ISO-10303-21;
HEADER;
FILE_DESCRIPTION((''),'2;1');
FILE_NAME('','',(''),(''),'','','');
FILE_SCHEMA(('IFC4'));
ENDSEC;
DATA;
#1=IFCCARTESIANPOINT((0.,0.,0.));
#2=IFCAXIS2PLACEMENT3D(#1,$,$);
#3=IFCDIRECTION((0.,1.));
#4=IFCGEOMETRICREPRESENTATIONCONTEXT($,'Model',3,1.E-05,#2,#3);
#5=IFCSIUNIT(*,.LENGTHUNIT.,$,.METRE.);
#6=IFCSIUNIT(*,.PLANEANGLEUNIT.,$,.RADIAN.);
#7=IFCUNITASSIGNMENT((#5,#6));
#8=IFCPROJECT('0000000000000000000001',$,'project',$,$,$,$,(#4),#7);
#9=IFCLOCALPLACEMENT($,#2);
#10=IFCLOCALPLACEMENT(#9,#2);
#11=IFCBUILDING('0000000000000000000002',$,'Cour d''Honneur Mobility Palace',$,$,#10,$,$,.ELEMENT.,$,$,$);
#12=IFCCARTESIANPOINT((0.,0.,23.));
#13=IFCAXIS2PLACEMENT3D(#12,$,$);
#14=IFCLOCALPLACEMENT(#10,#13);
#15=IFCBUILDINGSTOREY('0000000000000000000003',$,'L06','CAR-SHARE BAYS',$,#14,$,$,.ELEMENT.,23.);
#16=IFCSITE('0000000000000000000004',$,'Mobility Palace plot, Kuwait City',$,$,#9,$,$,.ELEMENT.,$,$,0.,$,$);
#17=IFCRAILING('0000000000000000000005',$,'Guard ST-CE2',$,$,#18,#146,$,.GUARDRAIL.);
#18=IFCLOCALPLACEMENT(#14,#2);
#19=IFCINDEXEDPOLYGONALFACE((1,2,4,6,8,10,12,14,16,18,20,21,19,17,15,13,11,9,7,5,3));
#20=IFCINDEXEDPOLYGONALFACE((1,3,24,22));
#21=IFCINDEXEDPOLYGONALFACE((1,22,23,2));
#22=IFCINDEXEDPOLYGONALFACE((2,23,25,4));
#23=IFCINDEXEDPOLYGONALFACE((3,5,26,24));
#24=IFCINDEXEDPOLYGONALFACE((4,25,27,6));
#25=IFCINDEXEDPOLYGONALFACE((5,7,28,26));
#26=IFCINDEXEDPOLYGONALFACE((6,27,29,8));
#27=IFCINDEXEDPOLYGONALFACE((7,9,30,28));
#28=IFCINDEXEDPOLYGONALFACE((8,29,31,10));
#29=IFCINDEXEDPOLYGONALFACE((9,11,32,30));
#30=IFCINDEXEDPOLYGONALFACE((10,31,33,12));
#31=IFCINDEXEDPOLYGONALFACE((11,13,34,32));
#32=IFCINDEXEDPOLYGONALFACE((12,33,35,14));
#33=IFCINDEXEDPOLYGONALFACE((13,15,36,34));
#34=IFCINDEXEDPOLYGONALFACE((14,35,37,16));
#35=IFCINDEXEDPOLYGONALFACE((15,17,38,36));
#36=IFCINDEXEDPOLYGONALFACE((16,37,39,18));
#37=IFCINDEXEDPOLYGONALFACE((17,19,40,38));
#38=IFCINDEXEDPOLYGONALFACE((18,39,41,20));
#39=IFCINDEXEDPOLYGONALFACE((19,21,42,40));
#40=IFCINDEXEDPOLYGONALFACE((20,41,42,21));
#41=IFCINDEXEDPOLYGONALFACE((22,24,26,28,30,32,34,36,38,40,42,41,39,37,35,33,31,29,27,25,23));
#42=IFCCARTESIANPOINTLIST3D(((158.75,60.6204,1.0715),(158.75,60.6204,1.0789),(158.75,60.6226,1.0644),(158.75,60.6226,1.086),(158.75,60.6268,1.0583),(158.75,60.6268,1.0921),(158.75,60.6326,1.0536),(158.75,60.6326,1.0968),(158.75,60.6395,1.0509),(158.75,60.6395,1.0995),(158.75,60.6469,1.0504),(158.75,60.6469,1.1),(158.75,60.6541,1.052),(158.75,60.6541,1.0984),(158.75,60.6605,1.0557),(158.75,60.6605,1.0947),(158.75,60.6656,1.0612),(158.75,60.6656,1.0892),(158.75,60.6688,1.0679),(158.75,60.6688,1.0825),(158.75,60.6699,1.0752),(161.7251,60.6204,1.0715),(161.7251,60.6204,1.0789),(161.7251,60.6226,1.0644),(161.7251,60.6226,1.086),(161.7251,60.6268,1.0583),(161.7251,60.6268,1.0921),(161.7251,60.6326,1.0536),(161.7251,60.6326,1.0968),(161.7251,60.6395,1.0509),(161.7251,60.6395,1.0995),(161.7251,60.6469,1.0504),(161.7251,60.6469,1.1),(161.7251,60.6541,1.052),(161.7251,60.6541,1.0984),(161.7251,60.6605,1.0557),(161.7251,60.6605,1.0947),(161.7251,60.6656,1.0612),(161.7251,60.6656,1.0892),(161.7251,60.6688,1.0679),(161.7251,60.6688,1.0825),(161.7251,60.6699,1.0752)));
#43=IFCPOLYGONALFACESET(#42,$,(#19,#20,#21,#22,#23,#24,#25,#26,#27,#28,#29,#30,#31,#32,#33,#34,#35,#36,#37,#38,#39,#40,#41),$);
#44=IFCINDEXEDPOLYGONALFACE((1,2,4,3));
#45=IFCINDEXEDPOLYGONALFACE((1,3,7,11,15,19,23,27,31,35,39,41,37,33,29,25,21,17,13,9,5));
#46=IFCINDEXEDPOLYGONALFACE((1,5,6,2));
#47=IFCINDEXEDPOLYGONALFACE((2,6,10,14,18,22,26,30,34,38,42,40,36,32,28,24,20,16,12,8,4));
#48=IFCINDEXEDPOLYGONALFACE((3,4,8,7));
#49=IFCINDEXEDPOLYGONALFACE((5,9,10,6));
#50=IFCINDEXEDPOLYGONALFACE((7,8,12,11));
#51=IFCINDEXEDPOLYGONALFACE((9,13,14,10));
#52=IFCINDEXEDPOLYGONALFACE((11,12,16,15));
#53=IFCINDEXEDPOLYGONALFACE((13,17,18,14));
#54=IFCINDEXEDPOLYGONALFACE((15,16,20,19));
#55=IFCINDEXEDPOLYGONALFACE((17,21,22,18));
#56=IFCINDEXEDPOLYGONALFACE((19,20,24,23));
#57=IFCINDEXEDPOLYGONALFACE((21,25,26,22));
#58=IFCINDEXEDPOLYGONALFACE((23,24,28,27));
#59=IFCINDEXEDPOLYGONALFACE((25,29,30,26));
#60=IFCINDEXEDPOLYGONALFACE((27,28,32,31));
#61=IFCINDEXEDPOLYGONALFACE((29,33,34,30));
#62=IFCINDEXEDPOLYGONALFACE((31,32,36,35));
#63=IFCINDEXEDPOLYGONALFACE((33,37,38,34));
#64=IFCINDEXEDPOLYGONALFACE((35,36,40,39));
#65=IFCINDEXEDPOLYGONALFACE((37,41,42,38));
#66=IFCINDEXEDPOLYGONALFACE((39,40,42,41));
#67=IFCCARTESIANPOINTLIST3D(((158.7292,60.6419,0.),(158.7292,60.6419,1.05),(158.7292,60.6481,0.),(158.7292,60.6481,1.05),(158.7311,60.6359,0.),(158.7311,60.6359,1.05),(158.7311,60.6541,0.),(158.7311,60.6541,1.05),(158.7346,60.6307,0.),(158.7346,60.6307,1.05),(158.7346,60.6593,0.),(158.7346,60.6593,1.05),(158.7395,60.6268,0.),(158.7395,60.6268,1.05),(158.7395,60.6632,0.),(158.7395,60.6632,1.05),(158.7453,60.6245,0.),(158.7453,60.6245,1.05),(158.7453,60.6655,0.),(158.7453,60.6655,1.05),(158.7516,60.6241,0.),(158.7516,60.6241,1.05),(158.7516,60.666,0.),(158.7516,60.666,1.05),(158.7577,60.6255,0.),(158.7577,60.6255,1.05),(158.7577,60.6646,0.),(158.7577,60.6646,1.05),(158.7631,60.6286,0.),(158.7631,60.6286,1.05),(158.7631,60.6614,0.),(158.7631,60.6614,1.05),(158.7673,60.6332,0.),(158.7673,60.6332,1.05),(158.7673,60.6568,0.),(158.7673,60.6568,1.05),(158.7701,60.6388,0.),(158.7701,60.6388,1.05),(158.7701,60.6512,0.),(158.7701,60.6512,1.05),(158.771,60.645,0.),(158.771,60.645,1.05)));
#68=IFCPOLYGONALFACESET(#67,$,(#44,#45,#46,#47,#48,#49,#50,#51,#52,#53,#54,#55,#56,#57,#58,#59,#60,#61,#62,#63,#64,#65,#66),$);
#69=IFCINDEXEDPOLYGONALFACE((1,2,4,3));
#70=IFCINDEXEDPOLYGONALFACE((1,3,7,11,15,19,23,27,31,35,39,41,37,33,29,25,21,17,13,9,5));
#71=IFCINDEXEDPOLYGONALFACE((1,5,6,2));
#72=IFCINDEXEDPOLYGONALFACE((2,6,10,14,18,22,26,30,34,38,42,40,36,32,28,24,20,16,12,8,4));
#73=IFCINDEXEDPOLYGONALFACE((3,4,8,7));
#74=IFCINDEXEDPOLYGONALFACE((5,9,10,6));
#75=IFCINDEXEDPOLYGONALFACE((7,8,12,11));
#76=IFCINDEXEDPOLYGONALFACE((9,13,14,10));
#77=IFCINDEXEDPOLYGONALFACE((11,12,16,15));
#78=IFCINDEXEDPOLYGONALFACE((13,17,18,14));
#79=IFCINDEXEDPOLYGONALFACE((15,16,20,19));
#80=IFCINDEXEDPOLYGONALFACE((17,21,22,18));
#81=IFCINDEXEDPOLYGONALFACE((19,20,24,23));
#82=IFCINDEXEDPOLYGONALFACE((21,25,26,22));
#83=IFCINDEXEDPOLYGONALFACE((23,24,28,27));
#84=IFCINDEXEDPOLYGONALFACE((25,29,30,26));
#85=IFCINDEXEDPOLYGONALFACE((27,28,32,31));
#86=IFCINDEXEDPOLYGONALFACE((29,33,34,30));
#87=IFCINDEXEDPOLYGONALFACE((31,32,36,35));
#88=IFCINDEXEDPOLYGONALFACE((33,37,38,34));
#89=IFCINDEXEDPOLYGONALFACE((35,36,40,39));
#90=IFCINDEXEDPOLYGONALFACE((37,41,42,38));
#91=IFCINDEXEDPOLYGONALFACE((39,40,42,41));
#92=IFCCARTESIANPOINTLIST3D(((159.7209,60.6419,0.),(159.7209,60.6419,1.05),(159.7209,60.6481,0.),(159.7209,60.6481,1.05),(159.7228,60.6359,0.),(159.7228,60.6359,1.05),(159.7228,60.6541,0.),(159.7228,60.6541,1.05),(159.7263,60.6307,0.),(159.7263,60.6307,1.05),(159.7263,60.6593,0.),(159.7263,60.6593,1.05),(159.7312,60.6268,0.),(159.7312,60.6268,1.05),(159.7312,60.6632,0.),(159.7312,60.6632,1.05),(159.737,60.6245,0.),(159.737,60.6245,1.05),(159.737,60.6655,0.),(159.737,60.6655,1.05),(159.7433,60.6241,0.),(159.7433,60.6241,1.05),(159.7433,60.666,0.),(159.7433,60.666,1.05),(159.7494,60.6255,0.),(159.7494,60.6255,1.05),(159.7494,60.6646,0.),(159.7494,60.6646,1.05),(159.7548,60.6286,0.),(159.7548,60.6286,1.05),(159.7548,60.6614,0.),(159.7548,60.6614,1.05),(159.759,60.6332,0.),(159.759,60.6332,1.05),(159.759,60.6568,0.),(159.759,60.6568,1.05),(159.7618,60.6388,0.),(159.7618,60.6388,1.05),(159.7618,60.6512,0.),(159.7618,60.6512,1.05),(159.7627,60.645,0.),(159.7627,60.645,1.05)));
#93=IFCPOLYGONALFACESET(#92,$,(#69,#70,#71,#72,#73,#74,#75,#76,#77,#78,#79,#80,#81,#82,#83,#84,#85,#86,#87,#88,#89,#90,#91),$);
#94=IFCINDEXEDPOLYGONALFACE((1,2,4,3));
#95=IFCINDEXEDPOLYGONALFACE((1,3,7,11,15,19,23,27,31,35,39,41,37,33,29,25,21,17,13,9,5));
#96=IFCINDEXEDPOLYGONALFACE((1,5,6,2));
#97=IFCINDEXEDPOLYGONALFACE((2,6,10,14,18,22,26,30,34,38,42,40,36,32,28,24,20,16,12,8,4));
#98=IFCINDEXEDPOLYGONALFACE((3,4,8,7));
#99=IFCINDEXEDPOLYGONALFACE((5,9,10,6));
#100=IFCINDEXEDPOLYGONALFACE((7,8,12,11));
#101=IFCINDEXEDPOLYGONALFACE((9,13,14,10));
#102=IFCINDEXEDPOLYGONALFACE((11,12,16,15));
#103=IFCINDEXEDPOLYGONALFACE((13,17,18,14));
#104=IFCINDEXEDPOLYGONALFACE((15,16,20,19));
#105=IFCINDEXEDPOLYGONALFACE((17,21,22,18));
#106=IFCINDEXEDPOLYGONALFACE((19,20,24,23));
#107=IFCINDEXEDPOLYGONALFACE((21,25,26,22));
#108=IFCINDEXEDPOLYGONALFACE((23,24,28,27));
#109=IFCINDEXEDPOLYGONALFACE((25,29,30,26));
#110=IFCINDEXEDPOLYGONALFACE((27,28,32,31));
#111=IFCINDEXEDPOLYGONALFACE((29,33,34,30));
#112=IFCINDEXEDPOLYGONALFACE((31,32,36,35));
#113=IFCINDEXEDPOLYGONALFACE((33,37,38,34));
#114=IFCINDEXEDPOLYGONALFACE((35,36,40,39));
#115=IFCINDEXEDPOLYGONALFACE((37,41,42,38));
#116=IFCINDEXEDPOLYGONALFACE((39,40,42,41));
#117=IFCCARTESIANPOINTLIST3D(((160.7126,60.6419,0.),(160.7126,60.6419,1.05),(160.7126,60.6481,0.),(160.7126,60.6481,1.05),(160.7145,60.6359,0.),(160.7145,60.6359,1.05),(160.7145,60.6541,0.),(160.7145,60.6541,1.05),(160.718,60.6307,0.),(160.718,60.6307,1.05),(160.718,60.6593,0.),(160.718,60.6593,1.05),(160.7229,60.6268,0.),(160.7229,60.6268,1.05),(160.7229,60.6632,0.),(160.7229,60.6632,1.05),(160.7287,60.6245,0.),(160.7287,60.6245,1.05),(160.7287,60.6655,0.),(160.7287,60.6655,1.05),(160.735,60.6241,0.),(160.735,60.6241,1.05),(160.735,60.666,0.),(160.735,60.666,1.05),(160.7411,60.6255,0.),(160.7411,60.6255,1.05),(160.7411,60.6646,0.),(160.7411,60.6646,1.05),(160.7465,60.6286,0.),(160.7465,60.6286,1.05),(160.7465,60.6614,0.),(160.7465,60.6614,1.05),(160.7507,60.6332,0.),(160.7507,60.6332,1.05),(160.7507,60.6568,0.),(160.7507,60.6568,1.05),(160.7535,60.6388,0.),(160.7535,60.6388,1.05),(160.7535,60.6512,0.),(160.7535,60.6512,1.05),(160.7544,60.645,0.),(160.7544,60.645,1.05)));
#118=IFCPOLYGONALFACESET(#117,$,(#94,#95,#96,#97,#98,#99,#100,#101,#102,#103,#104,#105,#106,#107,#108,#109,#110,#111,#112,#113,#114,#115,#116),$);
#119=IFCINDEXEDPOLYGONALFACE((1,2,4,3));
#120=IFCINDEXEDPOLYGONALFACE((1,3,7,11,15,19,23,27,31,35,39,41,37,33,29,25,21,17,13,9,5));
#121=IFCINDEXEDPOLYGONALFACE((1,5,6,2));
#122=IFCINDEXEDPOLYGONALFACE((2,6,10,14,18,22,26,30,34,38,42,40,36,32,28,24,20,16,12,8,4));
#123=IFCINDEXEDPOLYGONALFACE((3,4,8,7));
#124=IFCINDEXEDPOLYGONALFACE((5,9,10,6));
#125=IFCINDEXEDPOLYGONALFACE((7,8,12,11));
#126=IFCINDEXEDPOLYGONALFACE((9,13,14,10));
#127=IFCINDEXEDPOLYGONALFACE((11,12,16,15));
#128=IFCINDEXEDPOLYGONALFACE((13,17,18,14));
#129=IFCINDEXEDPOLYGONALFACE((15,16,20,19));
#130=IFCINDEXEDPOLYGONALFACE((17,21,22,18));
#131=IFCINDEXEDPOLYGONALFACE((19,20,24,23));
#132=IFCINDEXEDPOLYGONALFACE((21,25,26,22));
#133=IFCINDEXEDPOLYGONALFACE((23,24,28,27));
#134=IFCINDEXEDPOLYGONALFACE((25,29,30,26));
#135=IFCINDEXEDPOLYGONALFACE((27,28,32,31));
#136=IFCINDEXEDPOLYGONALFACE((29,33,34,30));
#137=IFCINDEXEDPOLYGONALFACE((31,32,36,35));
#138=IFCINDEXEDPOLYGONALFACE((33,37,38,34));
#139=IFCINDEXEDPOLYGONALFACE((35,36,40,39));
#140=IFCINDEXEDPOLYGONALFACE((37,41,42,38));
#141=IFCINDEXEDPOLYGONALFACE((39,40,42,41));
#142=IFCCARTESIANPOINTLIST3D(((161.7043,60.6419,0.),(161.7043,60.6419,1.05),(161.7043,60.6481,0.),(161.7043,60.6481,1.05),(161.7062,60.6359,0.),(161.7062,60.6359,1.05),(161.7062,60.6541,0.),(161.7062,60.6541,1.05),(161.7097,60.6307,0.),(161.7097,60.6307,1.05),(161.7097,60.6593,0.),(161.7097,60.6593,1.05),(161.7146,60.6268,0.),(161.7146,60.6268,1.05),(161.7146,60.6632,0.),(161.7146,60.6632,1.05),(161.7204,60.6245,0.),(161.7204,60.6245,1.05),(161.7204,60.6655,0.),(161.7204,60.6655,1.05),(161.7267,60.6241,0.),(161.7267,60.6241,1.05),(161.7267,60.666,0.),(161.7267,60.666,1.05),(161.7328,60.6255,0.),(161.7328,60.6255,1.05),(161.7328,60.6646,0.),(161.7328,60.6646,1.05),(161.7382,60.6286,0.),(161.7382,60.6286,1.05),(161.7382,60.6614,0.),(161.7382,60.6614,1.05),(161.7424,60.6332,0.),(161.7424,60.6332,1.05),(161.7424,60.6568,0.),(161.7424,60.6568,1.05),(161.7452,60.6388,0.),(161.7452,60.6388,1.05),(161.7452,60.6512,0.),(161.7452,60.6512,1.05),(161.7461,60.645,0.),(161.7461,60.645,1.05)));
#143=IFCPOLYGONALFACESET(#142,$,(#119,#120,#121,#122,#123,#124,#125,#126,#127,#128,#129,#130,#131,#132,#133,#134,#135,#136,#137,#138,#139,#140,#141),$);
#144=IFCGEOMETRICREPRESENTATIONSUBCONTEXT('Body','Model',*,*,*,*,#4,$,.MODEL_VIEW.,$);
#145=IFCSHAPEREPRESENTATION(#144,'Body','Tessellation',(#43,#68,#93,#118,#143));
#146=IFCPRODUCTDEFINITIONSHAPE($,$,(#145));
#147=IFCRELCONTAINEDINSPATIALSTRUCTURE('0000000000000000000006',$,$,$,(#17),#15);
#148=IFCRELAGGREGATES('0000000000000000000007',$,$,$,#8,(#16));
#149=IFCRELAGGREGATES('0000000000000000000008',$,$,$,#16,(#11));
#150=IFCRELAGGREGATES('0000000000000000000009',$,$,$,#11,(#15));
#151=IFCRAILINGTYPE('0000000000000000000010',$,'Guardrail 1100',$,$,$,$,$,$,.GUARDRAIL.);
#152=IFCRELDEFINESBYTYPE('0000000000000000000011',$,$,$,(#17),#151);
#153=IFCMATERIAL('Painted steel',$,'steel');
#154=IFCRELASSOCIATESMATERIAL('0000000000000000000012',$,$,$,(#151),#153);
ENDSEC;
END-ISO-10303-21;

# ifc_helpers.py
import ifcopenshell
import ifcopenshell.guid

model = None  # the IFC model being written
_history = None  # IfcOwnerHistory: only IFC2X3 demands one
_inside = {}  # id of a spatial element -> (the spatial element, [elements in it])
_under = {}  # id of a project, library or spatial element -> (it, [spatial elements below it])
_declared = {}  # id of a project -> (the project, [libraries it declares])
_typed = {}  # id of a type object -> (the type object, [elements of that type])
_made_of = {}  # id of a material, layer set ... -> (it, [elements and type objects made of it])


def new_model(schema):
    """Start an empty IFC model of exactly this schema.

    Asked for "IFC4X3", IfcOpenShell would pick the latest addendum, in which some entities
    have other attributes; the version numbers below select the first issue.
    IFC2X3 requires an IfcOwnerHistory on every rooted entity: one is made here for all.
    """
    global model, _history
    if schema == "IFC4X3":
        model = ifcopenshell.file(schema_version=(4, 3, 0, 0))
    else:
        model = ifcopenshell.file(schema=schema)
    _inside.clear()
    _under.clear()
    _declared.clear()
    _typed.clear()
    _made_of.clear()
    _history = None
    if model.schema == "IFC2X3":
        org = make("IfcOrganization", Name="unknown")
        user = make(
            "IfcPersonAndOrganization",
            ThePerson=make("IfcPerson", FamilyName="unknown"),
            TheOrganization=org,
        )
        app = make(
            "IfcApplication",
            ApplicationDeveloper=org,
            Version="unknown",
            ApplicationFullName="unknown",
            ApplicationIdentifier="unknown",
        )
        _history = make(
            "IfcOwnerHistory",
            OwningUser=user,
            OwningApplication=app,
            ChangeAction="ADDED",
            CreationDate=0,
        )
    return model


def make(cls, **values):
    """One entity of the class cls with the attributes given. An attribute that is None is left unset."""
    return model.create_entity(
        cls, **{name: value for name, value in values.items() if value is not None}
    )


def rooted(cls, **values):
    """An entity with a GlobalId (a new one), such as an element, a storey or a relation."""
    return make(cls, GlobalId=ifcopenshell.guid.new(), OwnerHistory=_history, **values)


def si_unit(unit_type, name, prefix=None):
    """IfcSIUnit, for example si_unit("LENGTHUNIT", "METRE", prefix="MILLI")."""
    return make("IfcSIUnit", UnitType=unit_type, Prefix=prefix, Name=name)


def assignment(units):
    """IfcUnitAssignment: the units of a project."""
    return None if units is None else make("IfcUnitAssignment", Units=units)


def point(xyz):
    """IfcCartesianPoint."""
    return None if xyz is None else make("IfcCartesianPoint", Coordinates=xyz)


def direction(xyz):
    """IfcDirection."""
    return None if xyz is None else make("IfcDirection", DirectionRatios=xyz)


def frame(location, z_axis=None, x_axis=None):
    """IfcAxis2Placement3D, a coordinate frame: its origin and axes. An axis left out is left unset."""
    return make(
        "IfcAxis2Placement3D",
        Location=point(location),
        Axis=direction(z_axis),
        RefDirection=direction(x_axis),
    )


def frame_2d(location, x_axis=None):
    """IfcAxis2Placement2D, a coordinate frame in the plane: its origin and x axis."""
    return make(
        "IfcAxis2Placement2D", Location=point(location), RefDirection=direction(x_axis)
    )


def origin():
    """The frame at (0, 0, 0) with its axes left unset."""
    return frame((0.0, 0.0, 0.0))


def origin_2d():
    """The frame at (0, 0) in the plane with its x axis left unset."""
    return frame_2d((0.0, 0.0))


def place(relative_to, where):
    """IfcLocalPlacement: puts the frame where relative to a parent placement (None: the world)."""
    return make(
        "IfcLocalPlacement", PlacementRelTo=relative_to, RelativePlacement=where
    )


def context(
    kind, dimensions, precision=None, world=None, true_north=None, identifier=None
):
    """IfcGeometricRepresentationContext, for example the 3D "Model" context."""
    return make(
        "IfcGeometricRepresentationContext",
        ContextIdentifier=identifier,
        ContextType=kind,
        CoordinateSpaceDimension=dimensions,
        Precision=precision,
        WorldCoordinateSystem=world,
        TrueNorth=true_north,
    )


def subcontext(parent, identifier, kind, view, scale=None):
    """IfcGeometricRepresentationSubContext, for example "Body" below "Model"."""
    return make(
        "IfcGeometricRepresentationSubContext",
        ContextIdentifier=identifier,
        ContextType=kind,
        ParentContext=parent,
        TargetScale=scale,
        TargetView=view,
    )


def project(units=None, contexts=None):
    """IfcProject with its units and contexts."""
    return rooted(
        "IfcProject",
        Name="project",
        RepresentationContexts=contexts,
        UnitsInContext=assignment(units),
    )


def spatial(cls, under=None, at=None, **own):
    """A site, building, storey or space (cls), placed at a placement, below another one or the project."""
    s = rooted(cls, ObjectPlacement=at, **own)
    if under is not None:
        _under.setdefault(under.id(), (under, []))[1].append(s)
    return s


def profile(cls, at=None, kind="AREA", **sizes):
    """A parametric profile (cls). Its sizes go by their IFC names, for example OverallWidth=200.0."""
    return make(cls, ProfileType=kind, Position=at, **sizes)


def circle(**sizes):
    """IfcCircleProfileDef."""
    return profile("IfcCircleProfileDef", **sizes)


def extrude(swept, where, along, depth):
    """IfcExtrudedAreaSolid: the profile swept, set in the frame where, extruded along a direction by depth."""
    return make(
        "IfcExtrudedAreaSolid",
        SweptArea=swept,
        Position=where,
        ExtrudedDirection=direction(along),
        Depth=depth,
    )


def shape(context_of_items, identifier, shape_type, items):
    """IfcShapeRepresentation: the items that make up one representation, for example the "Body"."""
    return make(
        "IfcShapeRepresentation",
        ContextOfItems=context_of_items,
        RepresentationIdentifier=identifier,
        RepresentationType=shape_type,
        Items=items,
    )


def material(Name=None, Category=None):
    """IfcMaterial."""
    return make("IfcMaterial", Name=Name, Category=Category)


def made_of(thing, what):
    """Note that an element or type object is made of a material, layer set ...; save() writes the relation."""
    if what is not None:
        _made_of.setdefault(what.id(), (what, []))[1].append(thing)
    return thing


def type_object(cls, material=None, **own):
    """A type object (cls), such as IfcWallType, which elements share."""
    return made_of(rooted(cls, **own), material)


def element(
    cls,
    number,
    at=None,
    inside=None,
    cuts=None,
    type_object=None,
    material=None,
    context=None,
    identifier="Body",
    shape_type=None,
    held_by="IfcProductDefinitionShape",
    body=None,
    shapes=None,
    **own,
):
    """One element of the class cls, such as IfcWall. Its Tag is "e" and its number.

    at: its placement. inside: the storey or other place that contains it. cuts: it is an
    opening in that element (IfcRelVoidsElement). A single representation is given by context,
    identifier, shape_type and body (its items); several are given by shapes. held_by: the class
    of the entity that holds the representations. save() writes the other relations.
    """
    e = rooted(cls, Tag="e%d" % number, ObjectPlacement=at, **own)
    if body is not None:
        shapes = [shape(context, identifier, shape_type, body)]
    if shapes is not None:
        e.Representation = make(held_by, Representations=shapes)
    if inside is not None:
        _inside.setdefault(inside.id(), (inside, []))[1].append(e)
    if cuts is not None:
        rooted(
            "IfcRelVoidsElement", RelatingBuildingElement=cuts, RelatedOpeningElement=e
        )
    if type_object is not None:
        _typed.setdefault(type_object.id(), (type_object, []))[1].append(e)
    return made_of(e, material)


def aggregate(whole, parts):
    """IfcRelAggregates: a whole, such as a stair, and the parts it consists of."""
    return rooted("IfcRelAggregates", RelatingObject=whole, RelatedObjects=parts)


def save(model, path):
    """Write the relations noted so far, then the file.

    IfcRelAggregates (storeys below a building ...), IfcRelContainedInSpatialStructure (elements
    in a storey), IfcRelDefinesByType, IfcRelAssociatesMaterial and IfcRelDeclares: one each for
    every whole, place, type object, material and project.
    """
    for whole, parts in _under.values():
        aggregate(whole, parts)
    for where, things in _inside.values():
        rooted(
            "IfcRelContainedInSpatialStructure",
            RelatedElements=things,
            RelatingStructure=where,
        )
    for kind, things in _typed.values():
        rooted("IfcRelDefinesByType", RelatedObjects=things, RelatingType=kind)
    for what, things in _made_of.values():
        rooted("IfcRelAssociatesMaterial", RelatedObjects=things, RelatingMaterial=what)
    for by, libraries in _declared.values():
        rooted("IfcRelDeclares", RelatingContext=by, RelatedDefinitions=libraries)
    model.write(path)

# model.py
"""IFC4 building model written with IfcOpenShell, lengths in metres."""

from ifc_helpers import new_model, si_unit, direction, frame, origin, origin_2d, place, context, subcontext, project, spatial, circle, extrude, material, type_object, element, save


model = new_model("IFC4")

# Units and contexts
model_context = context("Model", 3, precision=1e-05, world=origin(), true_north=direction((0.0, 1.0)))
body_context = subcontext(model_context, "Body", "Model", "MODEL_VIEW")
ifc_project = project(units=[si_unit("LENGTHUNIT", "METRE"), si_unit("PLANEANGLEUNIT", "RADIAN")], contexts=[model_context])

# Site, building, storey
site_placement = place(None, origin())
site = spatial("IfcSite", under=ifc_project, at=site_placement, Name="Mobility Palace plot, Kuwait City", CompositionType="ELEMENT", RefElevation=0.0)
building_placement = place(site_placement, origin())
building = spatial("IfcBuilding", under=site, at=building_placement, Name="Cour d'Honneur Mobility Palace", CompositionType="ELEMENT")
storey_placement = place(building_placement, frame((0.0, 0.0, 23.0)))
storey = spatial("IfcBuildingStorey", under=building, at=storey_placement, Name="L06", Description="CAR-SHARE BAYS", CompositionType="ELEMENT", Elevation=23.0)

# Railing
ifc_material_1 = material(Name="Painted steel", Category="steel")
railing_type_1 = type_object("IfcRailingType", Name="Guardrail 1100", PredefinedType="GUARDRAIL", material=ifc_material_1)
railing_1_placement = place(storey_placement, frame((158.75, 60.645, 0.0)))
element("IfcRailing", 1, at=railing_1_placement, inside=storey, type_object=railing_type_1, Name="Guard ST-CE2", PredefinedType="GUARDRAIL", context=body_context, shape_type="SweptSolid", body=[
    extrude(circle(Radius=0.0249, at=origin_2d()), frame((0.0, 0.0, 1.0752), z_axis=(1.0, 0.0, 0.0), x_axis=(0.0, 1.0, 0.0)), (0.0, 0.0, 1.0), 2.9751),
    extrude(circle(Radius=0.021, at=origin_2d()), origin(), (0.0, 0.0, 1.0), 1.05),
    extrude(circle(Radius=0.021, at=origin_2d()), frame((0.9917, 0.0, 0.0)), (0.0, 0.0, 1.0), 1.05),
    extrude(circle(Radius=0.021, at=origin_2d()), frame((1.9834, 0.0, 0.0)), (0.0, 0.0, 1.0), 1.05),
    extrude(circle(Radius=0.021, at=origin_2d()), frame((2.9751, 0.0, 0.0)), (0.0, 0.0, 1.0), 1.05),
])

save(model, "model.ifc")
